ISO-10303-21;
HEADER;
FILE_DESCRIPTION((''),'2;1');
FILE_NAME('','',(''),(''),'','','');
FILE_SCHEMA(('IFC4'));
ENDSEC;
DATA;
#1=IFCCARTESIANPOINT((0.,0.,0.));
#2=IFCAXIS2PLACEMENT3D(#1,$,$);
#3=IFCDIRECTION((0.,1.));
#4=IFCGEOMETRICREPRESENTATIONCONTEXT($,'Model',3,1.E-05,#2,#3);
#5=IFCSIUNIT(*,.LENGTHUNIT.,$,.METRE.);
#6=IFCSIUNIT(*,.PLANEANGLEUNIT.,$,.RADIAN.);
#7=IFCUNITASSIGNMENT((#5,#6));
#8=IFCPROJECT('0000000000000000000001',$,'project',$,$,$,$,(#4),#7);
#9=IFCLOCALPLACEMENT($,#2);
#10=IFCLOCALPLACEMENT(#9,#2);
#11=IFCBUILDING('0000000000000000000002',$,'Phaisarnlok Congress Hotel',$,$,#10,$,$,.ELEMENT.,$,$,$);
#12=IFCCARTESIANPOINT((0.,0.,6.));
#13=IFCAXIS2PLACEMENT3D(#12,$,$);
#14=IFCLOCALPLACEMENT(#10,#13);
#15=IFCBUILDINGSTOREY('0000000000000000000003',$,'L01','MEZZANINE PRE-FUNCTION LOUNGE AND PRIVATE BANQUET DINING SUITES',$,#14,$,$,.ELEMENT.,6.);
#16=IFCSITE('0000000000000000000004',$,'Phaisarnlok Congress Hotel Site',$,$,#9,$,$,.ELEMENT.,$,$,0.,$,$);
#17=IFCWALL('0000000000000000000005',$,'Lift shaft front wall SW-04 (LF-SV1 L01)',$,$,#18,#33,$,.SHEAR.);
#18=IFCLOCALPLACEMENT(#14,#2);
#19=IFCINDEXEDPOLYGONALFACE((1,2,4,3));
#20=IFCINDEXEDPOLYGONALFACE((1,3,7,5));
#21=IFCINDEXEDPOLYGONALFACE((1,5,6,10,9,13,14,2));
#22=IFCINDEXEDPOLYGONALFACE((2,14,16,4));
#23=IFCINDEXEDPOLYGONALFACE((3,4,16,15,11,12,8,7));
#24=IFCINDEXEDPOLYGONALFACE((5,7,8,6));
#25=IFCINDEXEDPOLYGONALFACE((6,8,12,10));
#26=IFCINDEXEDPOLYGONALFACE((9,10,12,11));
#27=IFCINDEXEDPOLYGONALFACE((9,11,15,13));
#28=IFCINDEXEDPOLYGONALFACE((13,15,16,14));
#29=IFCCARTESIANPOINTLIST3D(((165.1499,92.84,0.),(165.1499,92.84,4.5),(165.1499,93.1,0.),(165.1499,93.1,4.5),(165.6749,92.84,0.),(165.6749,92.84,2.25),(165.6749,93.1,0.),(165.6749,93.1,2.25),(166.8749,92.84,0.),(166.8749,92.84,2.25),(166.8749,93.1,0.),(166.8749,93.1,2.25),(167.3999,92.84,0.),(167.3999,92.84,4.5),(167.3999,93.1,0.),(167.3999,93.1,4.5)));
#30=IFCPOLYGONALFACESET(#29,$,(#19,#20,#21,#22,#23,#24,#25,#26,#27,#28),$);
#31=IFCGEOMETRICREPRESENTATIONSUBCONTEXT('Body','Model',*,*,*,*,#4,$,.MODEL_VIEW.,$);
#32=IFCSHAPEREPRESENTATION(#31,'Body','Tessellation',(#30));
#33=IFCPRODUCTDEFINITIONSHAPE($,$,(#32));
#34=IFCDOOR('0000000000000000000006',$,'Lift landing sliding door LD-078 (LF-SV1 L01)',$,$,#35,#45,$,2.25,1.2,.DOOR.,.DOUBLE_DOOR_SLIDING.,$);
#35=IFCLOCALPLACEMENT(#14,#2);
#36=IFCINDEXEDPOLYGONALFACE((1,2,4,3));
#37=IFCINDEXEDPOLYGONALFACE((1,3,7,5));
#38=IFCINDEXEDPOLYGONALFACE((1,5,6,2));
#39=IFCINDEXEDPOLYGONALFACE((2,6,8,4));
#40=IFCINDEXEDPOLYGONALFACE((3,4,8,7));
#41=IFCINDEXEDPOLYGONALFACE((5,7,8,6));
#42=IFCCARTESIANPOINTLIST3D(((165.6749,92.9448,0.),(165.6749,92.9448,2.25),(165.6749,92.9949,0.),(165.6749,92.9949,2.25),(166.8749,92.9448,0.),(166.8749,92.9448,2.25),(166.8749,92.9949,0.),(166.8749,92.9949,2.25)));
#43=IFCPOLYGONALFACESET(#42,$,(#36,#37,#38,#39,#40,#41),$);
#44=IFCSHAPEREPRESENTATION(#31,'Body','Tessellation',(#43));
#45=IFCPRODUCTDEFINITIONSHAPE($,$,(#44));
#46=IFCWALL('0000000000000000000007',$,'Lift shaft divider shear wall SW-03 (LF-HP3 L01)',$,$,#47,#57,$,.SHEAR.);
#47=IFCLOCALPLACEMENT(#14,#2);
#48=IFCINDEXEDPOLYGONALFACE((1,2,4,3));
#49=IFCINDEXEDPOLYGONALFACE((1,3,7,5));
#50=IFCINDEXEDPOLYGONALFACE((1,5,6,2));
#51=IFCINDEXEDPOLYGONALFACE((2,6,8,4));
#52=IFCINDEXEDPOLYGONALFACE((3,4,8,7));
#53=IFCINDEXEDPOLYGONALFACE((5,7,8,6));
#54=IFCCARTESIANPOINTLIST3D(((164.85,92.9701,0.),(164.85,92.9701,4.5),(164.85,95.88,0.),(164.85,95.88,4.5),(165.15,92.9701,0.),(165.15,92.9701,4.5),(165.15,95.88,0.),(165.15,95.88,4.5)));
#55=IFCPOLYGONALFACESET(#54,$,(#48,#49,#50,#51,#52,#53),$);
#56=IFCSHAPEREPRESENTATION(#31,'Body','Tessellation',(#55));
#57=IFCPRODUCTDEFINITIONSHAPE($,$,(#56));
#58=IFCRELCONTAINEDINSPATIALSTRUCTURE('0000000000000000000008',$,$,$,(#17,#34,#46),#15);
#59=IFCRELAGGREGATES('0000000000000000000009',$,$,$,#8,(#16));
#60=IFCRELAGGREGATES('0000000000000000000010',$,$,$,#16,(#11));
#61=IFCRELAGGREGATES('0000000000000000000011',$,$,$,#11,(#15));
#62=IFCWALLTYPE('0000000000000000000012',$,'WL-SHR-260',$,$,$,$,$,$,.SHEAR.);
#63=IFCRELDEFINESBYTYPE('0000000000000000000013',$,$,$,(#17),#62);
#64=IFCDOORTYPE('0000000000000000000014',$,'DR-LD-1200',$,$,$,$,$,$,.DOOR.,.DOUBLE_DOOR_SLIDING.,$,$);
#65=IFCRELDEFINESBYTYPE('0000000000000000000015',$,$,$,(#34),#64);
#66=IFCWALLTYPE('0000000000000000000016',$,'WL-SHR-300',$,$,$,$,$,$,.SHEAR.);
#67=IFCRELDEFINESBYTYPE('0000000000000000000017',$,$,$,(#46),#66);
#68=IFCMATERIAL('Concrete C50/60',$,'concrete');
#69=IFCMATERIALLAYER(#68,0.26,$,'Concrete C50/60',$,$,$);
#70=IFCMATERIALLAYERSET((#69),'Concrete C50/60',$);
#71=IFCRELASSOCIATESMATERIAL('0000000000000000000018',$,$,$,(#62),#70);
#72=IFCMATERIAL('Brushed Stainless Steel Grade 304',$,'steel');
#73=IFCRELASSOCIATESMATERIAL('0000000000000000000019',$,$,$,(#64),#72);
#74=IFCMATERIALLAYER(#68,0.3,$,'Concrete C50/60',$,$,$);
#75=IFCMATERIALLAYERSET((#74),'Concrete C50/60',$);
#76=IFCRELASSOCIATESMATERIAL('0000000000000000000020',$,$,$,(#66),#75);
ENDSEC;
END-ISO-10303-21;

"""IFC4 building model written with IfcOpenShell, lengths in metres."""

from ifc_helpers import new_model, si_unit, direction, frame, frame_2d, origin, place, context, subcontext, project, spatial, rectangle, extrude, material, layer, layer_set, type_object, element, fill, save


model = new_model("IFC4")

# Units and contexts
model_context = context("Model", 3, precision=1e-05, world=origin(), true_north=direction((0.0, 1.0)))
body_context = subcontext(model_context, "Body", "Model", "MODEL_VIEW")
ifc_project = project(units=[si_unit("LENGTHUNIT", "METRE"), si_unit("PLANEANGLEUNIT", "RADIAN")], contexts=[model_context])

# Site, building, storey
site_placement = place(None, origin())
site = spatial("IfcSite", under=ifc_project, at=site_placement, Name="Phaisarnlok Congress Hotel Site", CompositionType="ELEMENT", RefElevation=0.0)
building_placement = place(site_placement, origin())
building = spatial("IfcBuilding", under=site, at=building_placement, Name="Phaisarnlok Congress Hotel", CompositionType="ELEMENT")
storey_placement = place(building_placement, frame((0.0, 0.0, 6.0)))
storey = spatial("IfcBuildingStorey", under=building, at=storey_placement, Name="L01", Description="MEZZANINE PRE-FUNCTION LOUNGE AND PRIVATE BANQUET DINING SUITES", CompositionType="ELEMENT", Elevation=6.0)

# Shared definitions
ifc_material_1 = material(Name="Concrete C50/60", Category="concrete")

# Shared definitions
ifc_layer_1 = layer(ifc_material_1, 0.26, Name="Concrete C50/60")
ifc_layer_set_1 = layer_set([ifc_layer_1], Name="Concrete C50/60")
wall_type_1 = type_object("IfcWallType", Name="WL-SHR-260", PredefinedType="SHEAR", material=ifc_layer_set_1)

# Shared definitions
ifc_material_2 = material(Name="Brushed Stainless Steel Grade 304", Category="steel")

# Wall, opening, door
wall_1_placement = place(storey_placement, frame((165.1499, 92.97, 0.0), z_axis=(0.0, 0.0, 1.0), x_axis=(1.0, 0.0, 0.0)))
wall_1 = element("IfcWall", 1, at=wall_1_placement, inside=storey, type_object=wall_type_1, Name="Lift shaft front wall SW-04 (LF-SV1 L01)", PredefinedType="SHEAR", context=body_context, shape_type="SweptSolid", body=[
    extrude(rectangle(XDim=2.25, YDim=0.26, at=frame_2d((1.125, 0.0))), origin(), (0.0, 0.0, 1.0), 4.5),
])
opening_1_placement = place(wall_1_placement, frame((0.5249, 0.0, 0.0)))
opening_1 = element("IfcOpeningElement", 2, at=opening_1_placement, cuts=wall_1, PredefinedType="OPENING", context=body_context, shape_type="SweptSolid", body=[
    extrude(rectangle(XDim=1.2, YDim=2.25, at=frame_2d((0.6001, 1.125))), frame((0.0, 0.1401, 0.0), z_axis=(0.0, -1.0, 0.0), x_axis=(1.0, 0.0, 0.0)), (0.0, 0.0, 1.0), 0.28),
])
door_type_1 = type_object("IfcDoorType", Name="DR-LD-1200", OperationType="DOUBLE_DOOR_SLIDING", PredefinedType="DOOR", material=ifc_material_2)
door_1_placement = place(opening_1_placement, origin())
door_1 = element("IfcDoor", 3, at=door_1_placement, inside=storey, type_object=door_type_1, Name="Lift landing sliding door LD-078 (LF-SV1 L01)", OperationType="DOUBLE_DOOR_SLIDING", OverallHeight=2.25, OverallWidth=1.2, PredefinedType="DOOR", context=body_context, shape_type="SweptSolid", body=[
    extrude(rectangle(XDim=1.2, YDim=2.25, at=frame_2d((0.6001, 1.125))), frame((0.0, 0.0249, 0.0), z_axis=(0.0, -1.0, 0.0), x_axis=(1.0, 0.0, 0.0)), (0.0, 0.0, 1.0), 0.05),
])
fill(opening_1, door_1)

# Wall
ifc_layer_2 = layer(ifc_material_1, 0.3, Name="Concrete C50/60")
ifc_layer_set_2 = layer_set([ifc_layer_2], Name="Concrete C50/60")
wall_type_2 = type_object("IfcWallType", Name="WL-SHR-300", PredefinedType="SHEAR", material=ifc_layer_set_2)
wall_2_placement = place(storey_placement, frame((165.0, 92.97, 0.0), z_axis=(0.0, 0.0, 1.0), x_axis=(0.0, 1.0, 0.0)))
element("IfcWall", 4, at=wall_2_placement, inside=storey, type_object=wall_type_2, Name="Lift shaft divider shear wall SW-03 (LF-HP3 L01)", PredefinedType="SHEAR", context=body_context, shape_type="SweptSolid", body=[
    extrude(rectangle(XDim=2.9099, YDim=0.3, at=frame_2d((1.4551, 0.0))), origin(), (0.0, 0.0, 1.0), 4.5),
])

save(model, "model.ifc")
